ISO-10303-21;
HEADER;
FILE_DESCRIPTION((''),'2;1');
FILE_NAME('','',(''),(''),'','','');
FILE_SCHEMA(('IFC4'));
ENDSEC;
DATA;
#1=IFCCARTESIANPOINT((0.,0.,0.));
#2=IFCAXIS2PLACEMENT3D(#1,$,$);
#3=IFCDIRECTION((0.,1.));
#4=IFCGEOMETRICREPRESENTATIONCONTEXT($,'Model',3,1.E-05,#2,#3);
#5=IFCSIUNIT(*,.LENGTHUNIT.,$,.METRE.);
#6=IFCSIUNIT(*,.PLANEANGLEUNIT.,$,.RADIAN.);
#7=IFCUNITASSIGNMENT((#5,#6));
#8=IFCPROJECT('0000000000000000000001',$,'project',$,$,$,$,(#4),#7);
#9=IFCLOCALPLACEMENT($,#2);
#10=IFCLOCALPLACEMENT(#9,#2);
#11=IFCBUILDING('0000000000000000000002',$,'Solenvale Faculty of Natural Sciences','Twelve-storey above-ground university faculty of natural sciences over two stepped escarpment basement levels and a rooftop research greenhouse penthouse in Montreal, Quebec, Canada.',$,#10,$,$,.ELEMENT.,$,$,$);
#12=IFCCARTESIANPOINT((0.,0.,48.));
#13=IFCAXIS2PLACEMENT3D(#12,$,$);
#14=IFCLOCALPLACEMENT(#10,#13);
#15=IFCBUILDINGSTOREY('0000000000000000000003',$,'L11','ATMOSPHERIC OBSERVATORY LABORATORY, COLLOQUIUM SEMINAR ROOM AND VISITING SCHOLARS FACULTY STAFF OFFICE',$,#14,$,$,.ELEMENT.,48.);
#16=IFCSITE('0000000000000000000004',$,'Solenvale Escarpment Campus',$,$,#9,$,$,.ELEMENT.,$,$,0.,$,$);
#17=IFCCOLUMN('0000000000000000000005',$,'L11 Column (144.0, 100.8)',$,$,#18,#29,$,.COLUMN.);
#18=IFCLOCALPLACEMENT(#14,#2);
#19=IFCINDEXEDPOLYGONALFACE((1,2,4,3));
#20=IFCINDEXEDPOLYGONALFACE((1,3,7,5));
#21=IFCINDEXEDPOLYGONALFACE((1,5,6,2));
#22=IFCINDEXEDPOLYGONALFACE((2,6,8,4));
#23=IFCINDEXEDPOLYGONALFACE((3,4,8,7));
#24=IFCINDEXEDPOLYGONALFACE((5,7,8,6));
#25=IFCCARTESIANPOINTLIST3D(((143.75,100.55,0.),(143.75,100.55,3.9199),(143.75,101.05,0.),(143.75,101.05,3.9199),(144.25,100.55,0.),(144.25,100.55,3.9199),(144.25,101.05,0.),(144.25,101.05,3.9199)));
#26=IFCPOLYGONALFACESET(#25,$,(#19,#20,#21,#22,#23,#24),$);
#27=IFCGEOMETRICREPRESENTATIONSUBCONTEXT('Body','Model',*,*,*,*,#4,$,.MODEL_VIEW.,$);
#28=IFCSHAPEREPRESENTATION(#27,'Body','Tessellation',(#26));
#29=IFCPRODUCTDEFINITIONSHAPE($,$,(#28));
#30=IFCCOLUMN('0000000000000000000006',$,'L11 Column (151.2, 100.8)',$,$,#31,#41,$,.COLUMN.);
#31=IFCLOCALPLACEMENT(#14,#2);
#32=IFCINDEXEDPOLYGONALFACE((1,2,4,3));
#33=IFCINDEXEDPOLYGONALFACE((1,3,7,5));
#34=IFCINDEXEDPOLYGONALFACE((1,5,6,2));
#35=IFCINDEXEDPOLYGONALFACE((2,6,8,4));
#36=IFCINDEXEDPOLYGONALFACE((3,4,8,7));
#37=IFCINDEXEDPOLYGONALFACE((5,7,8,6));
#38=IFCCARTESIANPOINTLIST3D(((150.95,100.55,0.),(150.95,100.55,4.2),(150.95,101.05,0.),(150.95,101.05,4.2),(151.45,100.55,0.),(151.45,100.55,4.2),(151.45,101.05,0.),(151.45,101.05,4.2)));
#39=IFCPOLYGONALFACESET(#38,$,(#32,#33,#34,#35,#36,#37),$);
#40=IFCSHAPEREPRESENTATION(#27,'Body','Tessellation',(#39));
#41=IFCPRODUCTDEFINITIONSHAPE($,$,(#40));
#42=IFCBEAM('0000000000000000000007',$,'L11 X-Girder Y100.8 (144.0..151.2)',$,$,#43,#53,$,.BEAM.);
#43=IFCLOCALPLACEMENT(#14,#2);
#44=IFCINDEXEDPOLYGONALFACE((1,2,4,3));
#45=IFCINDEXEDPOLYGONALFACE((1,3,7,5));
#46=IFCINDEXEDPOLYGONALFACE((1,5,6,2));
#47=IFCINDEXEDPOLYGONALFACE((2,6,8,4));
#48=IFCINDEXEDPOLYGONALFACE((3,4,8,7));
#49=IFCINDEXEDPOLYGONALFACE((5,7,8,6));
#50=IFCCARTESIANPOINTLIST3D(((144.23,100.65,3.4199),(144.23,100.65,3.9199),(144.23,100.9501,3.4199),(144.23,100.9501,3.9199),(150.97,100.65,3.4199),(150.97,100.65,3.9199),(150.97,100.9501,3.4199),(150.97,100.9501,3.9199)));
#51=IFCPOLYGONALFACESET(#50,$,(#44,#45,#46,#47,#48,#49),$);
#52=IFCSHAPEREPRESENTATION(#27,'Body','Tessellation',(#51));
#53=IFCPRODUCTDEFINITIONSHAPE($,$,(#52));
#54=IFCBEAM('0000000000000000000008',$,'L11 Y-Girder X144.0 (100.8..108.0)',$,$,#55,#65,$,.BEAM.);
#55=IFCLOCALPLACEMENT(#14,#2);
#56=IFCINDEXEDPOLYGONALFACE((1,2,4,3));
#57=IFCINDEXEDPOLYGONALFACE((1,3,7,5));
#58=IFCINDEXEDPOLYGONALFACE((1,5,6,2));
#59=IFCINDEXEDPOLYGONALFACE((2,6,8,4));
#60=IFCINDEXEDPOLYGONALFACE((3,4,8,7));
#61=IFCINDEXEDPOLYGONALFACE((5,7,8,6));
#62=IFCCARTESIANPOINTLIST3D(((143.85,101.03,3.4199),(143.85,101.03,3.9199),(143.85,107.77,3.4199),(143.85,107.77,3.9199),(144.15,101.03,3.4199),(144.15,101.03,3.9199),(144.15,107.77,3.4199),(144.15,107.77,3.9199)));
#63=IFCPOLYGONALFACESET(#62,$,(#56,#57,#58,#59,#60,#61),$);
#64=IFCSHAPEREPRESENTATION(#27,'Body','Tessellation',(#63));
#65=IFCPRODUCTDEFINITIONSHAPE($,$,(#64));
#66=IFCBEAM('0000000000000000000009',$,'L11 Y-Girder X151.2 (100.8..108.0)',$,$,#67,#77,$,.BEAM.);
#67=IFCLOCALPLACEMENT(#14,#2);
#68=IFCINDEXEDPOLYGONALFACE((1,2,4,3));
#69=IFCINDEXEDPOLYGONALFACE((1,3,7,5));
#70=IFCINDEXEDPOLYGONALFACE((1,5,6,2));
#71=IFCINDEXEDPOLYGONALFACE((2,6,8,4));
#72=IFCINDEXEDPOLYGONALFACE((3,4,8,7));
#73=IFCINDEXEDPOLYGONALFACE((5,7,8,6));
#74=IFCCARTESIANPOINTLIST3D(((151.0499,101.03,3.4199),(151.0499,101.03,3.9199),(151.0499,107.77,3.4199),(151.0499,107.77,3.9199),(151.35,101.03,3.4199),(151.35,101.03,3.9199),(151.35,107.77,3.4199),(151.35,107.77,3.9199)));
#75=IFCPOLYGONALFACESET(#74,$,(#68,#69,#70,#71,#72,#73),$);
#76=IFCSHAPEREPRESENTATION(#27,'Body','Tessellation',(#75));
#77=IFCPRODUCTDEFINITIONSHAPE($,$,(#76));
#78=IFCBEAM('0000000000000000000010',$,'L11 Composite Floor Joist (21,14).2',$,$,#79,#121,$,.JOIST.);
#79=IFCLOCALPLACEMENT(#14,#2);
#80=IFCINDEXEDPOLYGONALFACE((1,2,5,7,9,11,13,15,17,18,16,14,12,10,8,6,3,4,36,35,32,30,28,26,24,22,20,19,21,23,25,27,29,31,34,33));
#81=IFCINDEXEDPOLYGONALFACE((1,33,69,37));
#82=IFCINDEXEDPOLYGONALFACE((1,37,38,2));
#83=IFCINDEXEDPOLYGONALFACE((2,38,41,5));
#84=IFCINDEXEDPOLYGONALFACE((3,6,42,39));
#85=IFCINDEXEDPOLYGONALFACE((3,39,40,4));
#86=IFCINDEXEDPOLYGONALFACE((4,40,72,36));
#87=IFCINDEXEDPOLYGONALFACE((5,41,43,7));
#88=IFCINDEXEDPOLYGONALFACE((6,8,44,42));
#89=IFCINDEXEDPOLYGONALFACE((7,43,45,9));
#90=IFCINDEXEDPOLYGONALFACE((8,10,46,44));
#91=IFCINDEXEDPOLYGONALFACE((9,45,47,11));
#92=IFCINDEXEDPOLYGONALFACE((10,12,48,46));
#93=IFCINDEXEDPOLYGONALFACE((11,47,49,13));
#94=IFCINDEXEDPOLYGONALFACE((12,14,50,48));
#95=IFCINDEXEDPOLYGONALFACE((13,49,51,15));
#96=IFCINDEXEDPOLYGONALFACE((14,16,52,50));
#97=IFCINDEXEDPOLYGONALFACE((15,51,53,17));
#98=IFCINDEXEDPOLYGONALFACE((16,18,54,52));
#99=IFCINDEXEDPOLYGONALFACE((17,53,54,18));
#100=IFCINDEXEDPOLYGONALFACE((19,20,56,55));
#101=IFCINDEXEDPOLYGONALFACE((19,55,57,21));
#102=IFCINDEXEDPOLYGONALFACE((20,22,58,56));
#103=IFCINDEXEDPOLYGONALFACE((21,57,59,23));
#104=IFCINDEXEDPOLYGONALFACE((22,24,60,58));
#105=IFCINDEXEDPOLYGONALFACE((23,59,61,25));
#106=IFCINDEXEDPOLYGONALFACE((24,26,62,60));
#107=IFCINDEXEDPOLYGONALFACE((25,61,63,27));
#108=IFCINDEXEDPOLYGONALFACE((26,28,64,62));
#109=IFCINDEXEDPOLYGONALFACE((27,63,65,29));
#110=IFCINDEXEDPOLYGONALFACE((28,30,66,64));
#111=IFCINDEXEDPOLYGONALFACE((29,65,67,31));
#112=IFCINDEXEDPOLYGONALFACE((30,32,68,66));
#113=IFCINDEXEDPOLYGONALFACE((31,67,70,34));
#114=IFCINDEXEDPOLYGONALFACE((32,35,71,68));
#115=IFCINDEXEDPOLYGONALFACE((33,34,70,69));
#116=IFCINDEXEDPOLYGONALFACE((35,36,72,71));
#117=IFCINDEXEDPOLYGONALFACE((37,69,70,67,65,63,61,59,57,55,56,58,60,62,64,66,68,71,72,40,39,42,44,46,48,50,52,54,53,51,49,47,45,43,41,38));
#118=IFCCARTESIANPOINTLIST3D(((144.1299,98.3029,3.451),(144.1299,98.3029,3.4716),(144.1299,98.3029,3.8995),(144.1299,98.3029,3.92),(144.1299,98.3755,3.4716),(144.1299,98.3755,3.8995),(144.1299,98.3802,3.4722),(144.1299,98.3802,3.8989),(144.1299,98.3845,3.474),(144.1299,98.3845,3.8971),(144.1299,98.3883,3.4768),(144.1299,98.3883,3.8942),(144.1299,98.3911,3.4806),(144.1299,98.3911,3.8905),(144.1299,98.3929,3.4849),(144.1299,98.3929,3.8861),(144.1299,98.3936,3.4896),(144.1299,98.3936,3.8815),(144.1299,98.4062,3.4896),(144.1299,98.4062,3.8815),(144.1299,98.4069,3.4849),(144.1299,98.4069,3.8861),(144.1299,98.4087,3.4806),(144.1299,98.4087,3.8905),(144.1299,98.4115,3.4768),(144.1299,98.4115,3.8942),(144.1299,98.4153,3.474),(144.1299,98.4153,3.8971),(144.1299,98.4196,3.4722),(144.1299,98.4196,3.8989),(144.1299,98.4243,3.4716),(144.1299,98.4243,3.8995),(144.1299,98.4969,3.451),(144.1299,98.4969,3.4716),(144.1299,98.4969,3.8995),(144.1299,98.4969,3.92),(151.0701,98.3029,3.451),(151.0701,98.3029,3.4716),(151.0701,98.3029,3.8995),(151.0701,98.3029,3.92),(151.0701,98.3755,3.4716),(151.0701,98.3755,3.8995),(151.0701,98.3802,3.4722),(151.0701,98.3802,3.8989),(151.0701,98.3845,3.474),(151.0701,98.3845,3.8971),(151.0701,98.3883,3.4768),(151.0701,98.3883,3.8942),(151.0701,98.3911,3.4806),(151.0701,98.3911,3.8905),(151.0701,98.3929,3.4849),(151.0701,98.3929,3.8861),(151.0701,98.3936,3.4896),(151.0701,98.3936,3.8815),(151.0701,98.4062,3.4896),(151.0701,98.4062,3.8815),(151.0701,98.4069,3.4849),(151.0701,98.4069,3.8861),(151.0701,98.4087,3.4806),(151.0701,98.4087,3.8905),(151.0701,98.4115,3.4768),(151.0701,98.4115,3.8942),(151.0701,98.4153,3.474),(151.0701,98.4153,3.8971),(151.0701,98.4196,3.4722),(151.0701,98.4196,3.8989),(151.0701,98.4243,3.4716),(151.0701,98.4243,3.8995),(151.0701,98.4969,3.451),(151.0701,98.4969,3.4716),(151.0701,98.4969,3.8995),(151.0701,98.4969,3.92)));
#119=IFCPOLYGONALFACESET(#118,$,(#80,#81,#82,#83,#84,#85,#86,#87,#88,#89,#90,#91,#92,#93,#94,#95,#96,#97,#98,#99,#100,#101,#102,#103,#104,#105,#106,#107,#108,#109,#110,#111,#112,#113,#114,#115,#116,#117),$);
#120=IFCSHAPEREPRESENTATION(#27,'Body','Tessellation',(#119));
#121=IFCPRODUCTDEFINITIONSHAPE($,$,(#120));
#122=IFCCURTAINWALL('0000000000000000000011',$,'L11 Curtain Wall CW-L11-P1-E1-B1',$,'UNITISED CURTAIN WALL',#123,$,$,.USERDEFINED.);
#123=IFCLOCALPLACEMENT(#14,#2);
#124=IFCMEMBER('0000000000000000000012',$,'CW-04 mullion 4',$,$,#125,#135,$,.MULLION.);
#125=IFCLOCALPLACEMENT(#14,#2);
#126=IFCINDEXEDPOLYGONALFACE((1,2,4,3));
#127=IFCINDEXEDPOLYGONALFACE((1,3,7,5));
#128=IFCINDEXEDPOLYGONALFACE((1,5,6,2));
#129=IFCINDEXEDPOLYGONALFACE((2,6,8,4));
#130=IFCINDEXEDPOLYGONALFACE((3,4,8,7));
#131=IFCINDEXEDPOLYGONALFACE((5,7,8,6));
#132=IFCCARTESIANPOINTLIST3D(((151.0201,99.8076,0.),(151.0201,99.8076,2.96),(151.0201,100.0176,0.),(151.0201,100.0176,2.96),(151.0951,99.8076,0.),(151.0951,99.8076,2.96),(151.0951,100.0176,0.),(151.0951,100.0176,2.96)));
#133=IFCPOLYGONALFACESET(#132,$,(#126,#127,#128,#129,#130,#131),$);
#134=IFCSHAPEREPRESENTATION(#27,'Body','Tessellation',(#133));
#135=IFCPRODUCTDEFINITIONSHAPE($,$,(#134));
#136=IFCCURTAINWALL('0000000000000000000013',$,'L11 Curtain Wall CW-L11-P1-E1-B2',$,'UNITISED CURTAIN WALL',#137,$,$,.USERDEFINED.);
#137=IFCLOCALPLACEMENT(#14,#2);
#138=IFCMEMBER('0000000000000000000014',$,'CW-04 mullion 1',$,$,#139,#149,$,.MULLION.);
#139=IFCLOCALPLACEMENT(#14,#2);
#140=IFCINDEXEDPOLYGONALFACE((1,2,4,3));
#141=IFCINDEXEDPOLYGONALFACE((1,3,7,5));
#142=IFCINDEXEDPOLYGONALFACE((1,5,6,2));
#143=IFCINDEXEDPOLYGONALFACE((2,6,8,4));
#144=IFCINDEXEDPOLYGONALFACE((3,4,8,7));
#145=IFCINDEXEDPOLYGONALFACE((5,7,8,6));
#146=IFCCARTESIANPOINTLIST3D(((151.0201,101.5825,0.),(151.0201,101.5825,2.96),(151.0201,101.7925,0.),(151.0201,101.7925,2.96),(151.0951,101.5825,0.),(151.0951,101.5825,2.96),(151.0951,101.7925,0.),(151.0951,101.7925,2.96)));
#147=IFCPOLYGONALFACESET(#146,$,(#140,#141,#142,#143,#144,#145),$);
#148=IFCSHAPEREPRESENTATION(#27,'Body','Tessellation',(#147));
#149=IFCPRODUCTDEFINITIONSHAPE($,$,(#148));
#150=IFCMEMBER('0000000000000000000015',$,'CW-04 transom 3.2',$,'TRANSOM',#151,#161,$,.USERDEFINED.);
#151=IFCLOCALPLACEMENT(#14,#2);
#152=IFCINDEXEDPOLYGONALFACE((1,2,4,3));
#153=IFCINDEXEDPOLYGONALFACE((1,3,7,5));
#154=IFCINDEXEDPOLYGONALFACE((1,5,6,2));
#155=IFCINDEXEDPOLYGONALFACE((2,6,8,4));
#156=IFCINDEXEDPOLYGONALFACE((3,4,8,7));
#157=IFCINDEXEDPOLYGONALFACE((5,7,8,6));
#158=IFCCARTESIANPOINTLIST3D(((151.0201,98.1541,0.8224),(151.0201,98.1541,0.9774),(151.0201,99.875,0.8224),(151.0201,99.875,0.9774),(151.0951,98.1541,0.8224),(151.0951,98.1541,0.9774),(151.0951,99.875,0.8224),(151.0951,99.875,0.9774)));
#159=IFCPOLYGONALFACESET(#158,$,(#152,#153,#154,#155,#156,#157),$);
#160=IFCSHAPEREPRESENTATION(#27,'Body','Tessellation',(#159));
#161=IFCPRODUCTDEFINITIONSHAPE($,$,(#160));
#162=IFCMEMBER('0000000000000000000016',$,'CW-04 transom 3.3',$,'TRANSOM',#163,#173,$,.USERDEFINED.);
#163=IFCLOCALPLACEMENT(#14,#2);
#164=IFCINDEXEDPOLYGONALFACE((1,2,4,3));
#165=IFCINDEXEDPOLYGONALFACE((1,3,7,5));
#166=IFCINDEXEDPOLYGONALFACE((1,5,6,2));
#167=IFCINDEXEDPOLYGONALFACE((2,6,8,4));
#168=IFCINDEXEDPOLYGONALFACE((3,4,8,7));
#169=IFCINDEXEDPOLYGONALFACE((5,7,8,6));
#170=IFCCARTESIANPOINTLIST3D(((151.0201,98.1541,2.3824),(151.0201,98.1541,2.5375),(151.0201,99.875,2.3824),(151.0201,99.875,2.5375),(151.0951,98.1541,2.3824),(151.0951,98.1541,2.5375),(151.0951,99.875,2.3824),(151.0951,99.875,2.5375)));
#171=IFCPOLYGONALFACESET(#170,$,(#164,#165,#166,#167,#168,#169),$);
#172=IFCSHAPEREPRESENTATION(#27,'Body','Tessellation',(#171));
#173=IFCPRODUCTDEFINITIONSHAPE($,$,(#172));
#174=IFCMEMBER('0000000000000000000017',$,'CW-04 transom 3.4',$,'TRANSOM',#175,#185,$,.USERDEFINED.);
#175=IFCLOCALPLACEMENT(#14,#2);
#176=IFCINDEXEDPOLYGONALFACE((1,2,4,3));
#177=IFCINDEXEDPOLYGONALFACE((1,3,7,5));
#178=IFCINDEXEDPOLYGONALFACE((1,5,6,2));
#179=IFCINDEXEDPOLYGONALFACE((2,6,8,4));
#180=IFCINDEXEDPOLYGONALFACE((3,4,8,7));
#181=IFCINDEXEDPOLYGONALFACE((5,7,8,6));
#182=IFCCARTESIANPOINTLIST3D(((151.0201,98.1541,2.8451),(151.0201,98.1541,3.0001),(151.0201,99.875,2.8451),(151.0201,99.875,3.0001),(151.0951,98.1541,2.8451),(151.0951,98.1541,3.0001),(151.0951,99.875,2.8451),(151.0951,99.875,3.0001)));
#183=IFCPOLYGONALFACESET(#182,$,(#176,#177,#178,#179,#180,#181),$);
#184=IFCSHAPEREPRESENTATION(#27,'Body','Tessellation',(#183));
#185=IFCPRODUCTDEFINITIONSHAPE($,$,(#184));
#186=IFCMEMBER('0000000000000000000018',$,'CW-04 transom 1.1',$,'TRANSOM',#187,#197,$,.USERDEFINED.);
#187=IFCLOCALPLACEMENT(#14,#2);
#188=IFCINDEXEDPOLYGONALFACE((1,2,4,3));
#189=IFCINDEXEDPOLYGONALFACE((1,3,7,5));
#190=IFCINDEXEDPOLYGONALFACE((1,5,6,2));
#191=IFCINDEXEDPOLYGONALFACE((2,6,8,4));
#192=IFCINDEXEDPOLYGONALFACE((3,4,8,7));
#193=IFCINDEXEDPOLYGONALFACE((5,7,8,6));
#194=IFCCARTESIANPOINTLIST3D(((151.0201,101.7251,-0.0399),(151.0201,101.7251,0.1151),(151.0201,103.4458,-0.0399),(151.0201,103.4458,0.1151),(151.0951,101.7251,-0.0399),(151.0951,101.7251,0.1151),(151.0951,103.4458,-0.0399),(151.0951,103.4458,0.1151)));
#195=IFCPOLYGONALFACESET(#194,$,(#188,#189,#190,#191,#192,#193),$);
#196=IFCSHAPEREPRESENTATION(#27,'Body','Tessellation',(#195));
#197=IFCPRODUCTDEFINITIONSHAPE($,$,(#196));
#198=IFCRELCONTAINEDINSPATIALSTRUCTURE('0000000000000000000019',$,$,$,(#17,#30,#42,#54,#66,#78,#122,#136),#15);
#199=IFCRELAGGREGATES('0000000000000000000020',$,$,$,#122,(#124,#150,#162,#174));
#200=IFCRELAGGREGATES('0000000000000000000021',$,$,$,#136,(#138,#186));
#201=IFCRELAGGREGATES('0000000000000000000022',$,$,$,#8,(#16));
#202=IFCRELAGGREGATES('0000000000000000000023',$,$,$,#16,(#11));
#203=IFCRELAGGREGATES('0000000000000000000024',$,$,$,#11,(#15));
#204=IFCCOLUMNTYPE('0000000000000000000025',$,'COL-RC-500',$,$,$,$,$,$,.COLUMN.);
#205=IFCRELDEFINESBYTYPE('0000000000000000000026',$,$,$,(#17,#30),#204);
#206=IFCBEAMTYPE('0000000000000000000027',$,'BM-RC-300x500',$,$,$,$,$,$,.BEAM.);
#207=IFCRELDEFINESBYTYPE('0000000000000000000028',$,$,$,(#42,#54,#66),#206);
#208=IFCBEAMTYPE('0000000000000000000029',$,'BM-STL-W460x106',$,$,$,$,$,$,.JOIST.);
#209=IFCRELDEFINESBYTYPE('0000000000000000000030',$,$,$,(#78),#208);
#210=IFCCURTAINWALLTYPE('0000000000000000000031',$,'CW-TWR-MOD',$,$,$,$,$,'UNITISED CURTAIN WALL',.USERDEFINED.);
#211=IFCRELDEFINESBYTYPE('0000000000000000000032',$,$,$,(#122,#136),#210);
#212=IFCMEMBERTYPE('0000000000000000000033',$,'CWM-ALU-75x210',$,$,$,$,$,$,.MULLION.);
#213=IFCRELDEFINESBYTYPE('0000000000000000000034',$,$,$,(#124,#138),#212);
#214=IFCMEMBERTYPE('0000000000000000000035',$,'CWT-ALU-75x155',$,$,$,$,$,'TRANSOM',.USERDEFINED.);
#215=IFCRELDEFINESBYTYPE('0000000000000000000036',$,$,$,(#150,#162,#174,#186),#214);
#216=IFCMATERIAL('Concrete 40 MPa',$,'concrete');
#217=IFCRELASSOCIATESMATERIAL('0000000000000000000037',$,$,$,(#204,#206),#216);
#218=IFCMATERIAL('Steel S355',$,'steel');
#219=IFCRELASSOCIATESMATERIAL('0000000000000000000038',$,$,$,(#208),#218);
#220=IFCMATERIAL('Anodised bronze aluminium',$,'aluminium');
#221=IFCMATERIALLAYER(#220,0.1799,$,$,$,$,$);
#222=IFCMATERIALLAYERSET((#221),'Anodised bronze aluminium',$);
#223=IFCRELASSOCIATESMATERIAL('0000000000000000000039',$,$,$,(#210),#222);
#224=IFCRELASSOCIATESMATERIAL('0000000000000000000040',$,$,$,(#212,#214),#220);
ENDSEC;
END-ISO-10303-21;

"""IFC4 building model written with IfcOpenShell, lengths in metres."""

from ifc_helpers import new_model, si_unit, direction, frame, origin, origin_2d, place, context, subcontext, project, spatial, rectangle, i_section, extrude, material, layer, layer_set, material_profile, profile_set, type_object, element, aggregate, save


model = new_model("IFC4")

# Units and contexts
model_context = context("Model", 3, precision=1e-05, world=origin(), true_north=direction((0.0, 1.0)))
body_context = subcontext(model_context, "Body", "Model", "MODEL_VIEW")
ifc_project = project(units=[si_unit("LENGTHUNIT", "METRE"), si_unit("PLANEANGLEUNIT", "RADIAN")], contexts=[model_context])

# Site, building, storey
site_placement = place(None, origin())
site = spatial("IfcSite", under=ifc_project, at=site_placement, Name="Solenvale Escarpment Campus", CompositionType="ELEMENT", RefElevation=0.0)
building_placement = place(site_placement, origin())
building = spatial("IfcBuilding", under=site, at=building_placement, Name="Solenvale Faculty of Natural Sciences", Description="Twelve-storey above-ground university faculty of natural sciences over two stepped escarpment basement levels and a rooftop research greenhouse penthouse in Montreal, Quebec, Canada.", CompositionType="ELEMENT")
storey_placement = place(building_placement, frame((0.0, 0.0, 48.0)))
storey = spatial("IfcBuildingStorey", under=building, at=storey_placement, Name="L11", Description="ATMOSPHERIC OBSERVATORY LABORATORY, COLLOQUIUM SEMINAR ROOM AND VISITING SCHOLARS FACULTY STAFF OFFICE", CompositionType="ELEMENT", Elevation=48.0)

# Columns
ifc_material_1 = material(Name="Concrete 40 MPa", Category="concrete")
ifc_material_profile_1 = material_profile(ifc_material_1, rectangle(XDim=0.5, YDim=0.5, at=origin_2d()), Name="RC-COL-500x500")
ifc_profile_set_1 = profile_set([ifc_material_profile_1], Name="Concrete 40 MPa")
column_type = type_object("IfcColumnType", Name="COL-RC-500", PredefinedType="COLUMN", material=ifc_profile_set_1)
column_1_placement = place(storey_placement, frame((144.0, 100.8, 0.0), z_axis=(0.0, 0.0, 1.0), x_axis=(1.0, 0.0, 0.0)))
element("IfcColumn", 1, at=column_1_placement, inside=storey, type_object=column_type, Name="L11 Column (144.0, 100.8)", PredefinedType="COLUMN", context=body_context, shape_type="SweptSolid", body=[
    extrude(rectangle(XDim=0.5, YDim=0.5, at=origin_2d()), origin(), (0.0, 0.0, 1.0), 3.9199),
])
column_2_placement = place(storey_placement, frame((151.2, 100.8, 0.0), z_axis=(0.0, 0.0, 1.0), x_axis=(1.0, 0.0, 0.0)))
element("IfcColumn", 2, at=column_2_placement, inside=storey, type_object=column_type, Name="L11 Column (151.2, 100.8)", PredefinedType="COLUMN", context=body_context, shape_type="SweptSolid", body=[
    extrude(rectangle(XDim=0.5, YDim=0.5, at=origin_2d()), origin(), (0.0, 0.0, 1.0), 4.2),
])

# Beams
ifc_material_profile_2 = material_profile(ifc_material_1, rectangle(XDim=0.3, YDim=0.5, at=origin_2d()), Name="RC-BM-300x500")
ifc_profile_set_2 = profile_set([ifc_material_profile_2], Name="Concrete 40 MPa")
beam_type_1 = type_object("IfcBeamType", Name="BM-RC-300x500", PredefinedType="BEAM", material=ifc_profile_set_2)
for number, where, z_axis, x_axis, name in (
    (3, (144.23, 100.8, 3.6699), (1.0, 0.0, 0.0), (0.0, 1.0, 0.0), "L11 X-Girder Y100.8 (144.0..151.2)"),
    (4, (144.0, 101.03, 3.6699), (0.0, 1.0, 0.0), (-1.0, 0.0, 0.0), "L11 Y-Girder X144.0 (100.8..108.0)"),
    (5, (151.2, 101.03, 3.6699), (0.0, 1.0, 0.0), (-1.0, 0.0, 0.0), "L11 Y-Girder X151.2 (100.8..108.0)"),
):
    element("IfcBeam", number, at=place(storey_placement, frame(where, z_axis=z_axis, x_axis=x_axis)), inside=storey, type_object=beam_type_1, Name=name, PredefinedType="BEAM", context=body_context, shape_type="SweptSolid", body=[
        extrude(rectangle(XDim=0.3, YDim=0.5, at=origin_2d()), origin(), (0.0, 0.0, 1.0), 6.74),
    ])
ifc_material_2 = material(Name="Steel S355", Category="steel")
ifc_material_profile_3 = material_profile(ifc_material_2, i_section(OverallWidth=0.1941, OverallDepth=0.469, WebThickness=0.0127, FlangeThickness=0.0205, FilletRadius=0.0181, at=origin_2d()), Name="W460x106")
ifc_profile_set_3 = profile_set([ifc_material_profile_3], Name="Steel S355")
beam_type_2 = type_object("IfcBeamType", Name="BM-STL-W460x106", PredefinedType="JOIST", material=ifc_profile_set_3)
beam_placement = place(storey_placement, frame((144.1299, 98.3999, 3.6855), z_axis=(1.0, 0.0, 0.0), x_axis=(0.0, 1.0, 0.0)))
element("IfcBeam", 6, at=beam_placement, inside=storey, type_object=beam_type_2, Name="L11 Composite Floor Joist (21,14).2", PredefinedType="JOIST", context=body_context, shape_type="SweptSolid", body=[
    extrude(i_section(OverallWidth=0.1941, OverallDepth=0.469, WebThickness=0.0127, FlangeThickness=0.0205, FilletRadius=0.0181, at=origin_2d()), origin(), (0.0, 0.0, 1.0), 6.9402),
])

# Curtain walls, members
ifc_material_3 = material(Name="Anodised bronze aluminium", Category="aluminium")
ifc_layer_1 = layer(ifc_material_3, 0.1799)
ifc_layer_set_1 = layer_set([ifc_layer_1], Name="Anodised bronze aluminium")
curtain_wall_type = type_object("IfcCurtainWallType", Name="CW-TWR-MOD", ElementType="UNITISED CURTAIN WALL", PredefinedType="USERDEFINED", material=ifc_layer_set_1)
curtain_wall_1_placement = place(storey_placement, origin())
curtain_wall_1 = element("IfcCurtainWall", 7, at=curtain_wall_1_placement, inside=storey, type_object=curtain_wall_type, Name="L11 Curtain Wall CW-L11-P1-E1-B1", ObjectType="UNITISED CURTAIN WALL", PredefinedType="USERDEFINED")
ifc_material_profile_4 = material_profile(ifc_material_3, rectangle(XDim=0.075, YDim=0.21, at=origin_2d()), Name="ALU-MUL-75x210")
ifc_profile_set_4 = profile_set([ifc_material_profile_4], Name="Anodised bronze aluminium")
member_type_1 = type_object("IfcMemberType", Name="CWM-ALU-75x210", PredefinedType="MULLION", material=ifc_profile_set_4)
member_1_placement = place(storey_placement, frame((151.0576, 99.9126, 0.0), z_axis=(0.0, 0.0, 1.0), x_axis=(-1.0, 0.0, 0.0)))
member_1 = element("IfcMember", 8, at=member_1_placement, type_object=member_type_1, Name="CW-04 mullion 4", PredefinedType="MULLION", context=body_context, shape_type="SweptSolid", body=[
    extrude(rectangle(XDim=0.075, YDim=0.21, at=origin_2d()), origin(), (0.0, 0.0, 1.0), 2.96),
])
curtain_wall_2_placement = place(storey_placement, origin())
curtain_wall_2 = element("IfcCurtainWall", 9, at=curtain_wall_2_placement, inside=storey, type_object=curtain_wall_type, Name="L11 Curtain Wall CW-L11-P1-E1-B2", ObjectType="UNITISED CURTAIN WALL", PredefinedType="USERDEFINED")
member_2_placement = place(storey_placement, frame((151.0576, 101.6875, 0.0), z_axis=(0.0, 0.0, 1.0), x_axis=(-1.0, 0.0, 0.0)))
member_2 = element("IfcMember", 10, at=member_2_placement, type_object=member_type_1, Name="CW-04 mullion 1", PredefinedType="MULLION", context=body_context, shape_type="SweptSolid", body=[
    extrude(rectangle(XDim=0.075, YDim=0.21, at=origin_2d()), origin(), (0.0, 0.0, 1.0), 2.96),
])

# Members
ifc_material_profile_5 = material_profile(ifc_material_3, rectangle(XDim=0.075, YDim=0.155, at=origin_2d()), Name="ALU-TRN-75x155")
ifc_profile_set_5 = profile_set([ifc_material_profile_5], Name="Anodised bronze aluminium")
member_type_2 = type_object("IfcMemberType", Name="CWT-ALU-75x155", ElementType="TRANSOM", PredefinedType="USERDEFINED", material=ifc_profile_set_5)
member_3_placement = place(storey_placement, frame((151.0576, 98.1541, 0.8999), z_axis=(0.0, 1.0, 0.0), x_axis=(-1.0, 0.0, 0.0)))
member_3 = element("IfcMember", 11, at=member_3_placement, type_object=member_type_2, Name="CW-04 transom 3.2", ObjectType="TRANSOM", PredefinedType="USERDEFINED", context=body_context, shape_type="SweptSolid", body=[
    extrude(rectangle(XDim=0.075, YDim=0.155, at=origin_2d()), origin(), (0.0, 0.0, 1.0), 1.7209),
])
member_4_placement = place(storey_placement, frame((151.0576, 98.1541, 2.46), z_axis=(0.0, 1.0, 0.0), x_axis=(-1.0, 0.0, 0.0)))
member_4 = element("IfcMember", 12, at=member_4_placement, type_object=member_type_2, Name="CW-04 transom 3.3", ObjectType="TRANSOM", PredefinedType="USERDEFINED", context=body_context, shape_type="SweptSolid", body=[
    extrude(rectangle(XDim=0.075, YDim=0.155, at=origin_2d()), origin(), (0.0, 0.0, 1.0), 1.7209),
])
member_5_placement = place(storey_placement, frame((151.0576, 98.1541, 2.9226), z_axis=(0.0, 1.0, 0.0), x_axis=(-1.0, 0.0, 0.0)))
member_5 = element("IfcMember", 13, at=member_5_placement, type_object=member_type_2, Name="CW-04 transom 3.4", ObjectType="TRANSOM", PredefinedType="USERDEFINED", context=body_context, shape_type="SweptSolid", body=[
    extrude(rectangle(XDim=0.075, YDim=0.155, at=origin_2d()), origin(), (0.0, 0.0, 1.0), 1.7209),
])
member_6_placement = place(storey_placement, frame((151.0576, 101.7251, 0.0376), z_axis=(0.0, 1.0, 0.0), x_axis=(-1.0, 0.0, 0.0)))
member_6 = element("IfcMember", 14, at=member_6_placement, type_object=member_type_2, Name="CW-04 transom 1.1", ObjectType="TRANSOM", PredefinedType="USERDEFINED", context=body_context, shape_type="SweptSolid", body=[
    extrude(rectangle(XDim=0.075, YDim=0.155, at=origin_2d()), origin(), (0.0, 0.0, 1.0), 1.7207),
])

aggregate(curtain_wall_1, [member_1, member_3, member_4, member_5])
aggregate(curtain_wall_2, [member_2, member_6])

save(model, "model.ifc")
